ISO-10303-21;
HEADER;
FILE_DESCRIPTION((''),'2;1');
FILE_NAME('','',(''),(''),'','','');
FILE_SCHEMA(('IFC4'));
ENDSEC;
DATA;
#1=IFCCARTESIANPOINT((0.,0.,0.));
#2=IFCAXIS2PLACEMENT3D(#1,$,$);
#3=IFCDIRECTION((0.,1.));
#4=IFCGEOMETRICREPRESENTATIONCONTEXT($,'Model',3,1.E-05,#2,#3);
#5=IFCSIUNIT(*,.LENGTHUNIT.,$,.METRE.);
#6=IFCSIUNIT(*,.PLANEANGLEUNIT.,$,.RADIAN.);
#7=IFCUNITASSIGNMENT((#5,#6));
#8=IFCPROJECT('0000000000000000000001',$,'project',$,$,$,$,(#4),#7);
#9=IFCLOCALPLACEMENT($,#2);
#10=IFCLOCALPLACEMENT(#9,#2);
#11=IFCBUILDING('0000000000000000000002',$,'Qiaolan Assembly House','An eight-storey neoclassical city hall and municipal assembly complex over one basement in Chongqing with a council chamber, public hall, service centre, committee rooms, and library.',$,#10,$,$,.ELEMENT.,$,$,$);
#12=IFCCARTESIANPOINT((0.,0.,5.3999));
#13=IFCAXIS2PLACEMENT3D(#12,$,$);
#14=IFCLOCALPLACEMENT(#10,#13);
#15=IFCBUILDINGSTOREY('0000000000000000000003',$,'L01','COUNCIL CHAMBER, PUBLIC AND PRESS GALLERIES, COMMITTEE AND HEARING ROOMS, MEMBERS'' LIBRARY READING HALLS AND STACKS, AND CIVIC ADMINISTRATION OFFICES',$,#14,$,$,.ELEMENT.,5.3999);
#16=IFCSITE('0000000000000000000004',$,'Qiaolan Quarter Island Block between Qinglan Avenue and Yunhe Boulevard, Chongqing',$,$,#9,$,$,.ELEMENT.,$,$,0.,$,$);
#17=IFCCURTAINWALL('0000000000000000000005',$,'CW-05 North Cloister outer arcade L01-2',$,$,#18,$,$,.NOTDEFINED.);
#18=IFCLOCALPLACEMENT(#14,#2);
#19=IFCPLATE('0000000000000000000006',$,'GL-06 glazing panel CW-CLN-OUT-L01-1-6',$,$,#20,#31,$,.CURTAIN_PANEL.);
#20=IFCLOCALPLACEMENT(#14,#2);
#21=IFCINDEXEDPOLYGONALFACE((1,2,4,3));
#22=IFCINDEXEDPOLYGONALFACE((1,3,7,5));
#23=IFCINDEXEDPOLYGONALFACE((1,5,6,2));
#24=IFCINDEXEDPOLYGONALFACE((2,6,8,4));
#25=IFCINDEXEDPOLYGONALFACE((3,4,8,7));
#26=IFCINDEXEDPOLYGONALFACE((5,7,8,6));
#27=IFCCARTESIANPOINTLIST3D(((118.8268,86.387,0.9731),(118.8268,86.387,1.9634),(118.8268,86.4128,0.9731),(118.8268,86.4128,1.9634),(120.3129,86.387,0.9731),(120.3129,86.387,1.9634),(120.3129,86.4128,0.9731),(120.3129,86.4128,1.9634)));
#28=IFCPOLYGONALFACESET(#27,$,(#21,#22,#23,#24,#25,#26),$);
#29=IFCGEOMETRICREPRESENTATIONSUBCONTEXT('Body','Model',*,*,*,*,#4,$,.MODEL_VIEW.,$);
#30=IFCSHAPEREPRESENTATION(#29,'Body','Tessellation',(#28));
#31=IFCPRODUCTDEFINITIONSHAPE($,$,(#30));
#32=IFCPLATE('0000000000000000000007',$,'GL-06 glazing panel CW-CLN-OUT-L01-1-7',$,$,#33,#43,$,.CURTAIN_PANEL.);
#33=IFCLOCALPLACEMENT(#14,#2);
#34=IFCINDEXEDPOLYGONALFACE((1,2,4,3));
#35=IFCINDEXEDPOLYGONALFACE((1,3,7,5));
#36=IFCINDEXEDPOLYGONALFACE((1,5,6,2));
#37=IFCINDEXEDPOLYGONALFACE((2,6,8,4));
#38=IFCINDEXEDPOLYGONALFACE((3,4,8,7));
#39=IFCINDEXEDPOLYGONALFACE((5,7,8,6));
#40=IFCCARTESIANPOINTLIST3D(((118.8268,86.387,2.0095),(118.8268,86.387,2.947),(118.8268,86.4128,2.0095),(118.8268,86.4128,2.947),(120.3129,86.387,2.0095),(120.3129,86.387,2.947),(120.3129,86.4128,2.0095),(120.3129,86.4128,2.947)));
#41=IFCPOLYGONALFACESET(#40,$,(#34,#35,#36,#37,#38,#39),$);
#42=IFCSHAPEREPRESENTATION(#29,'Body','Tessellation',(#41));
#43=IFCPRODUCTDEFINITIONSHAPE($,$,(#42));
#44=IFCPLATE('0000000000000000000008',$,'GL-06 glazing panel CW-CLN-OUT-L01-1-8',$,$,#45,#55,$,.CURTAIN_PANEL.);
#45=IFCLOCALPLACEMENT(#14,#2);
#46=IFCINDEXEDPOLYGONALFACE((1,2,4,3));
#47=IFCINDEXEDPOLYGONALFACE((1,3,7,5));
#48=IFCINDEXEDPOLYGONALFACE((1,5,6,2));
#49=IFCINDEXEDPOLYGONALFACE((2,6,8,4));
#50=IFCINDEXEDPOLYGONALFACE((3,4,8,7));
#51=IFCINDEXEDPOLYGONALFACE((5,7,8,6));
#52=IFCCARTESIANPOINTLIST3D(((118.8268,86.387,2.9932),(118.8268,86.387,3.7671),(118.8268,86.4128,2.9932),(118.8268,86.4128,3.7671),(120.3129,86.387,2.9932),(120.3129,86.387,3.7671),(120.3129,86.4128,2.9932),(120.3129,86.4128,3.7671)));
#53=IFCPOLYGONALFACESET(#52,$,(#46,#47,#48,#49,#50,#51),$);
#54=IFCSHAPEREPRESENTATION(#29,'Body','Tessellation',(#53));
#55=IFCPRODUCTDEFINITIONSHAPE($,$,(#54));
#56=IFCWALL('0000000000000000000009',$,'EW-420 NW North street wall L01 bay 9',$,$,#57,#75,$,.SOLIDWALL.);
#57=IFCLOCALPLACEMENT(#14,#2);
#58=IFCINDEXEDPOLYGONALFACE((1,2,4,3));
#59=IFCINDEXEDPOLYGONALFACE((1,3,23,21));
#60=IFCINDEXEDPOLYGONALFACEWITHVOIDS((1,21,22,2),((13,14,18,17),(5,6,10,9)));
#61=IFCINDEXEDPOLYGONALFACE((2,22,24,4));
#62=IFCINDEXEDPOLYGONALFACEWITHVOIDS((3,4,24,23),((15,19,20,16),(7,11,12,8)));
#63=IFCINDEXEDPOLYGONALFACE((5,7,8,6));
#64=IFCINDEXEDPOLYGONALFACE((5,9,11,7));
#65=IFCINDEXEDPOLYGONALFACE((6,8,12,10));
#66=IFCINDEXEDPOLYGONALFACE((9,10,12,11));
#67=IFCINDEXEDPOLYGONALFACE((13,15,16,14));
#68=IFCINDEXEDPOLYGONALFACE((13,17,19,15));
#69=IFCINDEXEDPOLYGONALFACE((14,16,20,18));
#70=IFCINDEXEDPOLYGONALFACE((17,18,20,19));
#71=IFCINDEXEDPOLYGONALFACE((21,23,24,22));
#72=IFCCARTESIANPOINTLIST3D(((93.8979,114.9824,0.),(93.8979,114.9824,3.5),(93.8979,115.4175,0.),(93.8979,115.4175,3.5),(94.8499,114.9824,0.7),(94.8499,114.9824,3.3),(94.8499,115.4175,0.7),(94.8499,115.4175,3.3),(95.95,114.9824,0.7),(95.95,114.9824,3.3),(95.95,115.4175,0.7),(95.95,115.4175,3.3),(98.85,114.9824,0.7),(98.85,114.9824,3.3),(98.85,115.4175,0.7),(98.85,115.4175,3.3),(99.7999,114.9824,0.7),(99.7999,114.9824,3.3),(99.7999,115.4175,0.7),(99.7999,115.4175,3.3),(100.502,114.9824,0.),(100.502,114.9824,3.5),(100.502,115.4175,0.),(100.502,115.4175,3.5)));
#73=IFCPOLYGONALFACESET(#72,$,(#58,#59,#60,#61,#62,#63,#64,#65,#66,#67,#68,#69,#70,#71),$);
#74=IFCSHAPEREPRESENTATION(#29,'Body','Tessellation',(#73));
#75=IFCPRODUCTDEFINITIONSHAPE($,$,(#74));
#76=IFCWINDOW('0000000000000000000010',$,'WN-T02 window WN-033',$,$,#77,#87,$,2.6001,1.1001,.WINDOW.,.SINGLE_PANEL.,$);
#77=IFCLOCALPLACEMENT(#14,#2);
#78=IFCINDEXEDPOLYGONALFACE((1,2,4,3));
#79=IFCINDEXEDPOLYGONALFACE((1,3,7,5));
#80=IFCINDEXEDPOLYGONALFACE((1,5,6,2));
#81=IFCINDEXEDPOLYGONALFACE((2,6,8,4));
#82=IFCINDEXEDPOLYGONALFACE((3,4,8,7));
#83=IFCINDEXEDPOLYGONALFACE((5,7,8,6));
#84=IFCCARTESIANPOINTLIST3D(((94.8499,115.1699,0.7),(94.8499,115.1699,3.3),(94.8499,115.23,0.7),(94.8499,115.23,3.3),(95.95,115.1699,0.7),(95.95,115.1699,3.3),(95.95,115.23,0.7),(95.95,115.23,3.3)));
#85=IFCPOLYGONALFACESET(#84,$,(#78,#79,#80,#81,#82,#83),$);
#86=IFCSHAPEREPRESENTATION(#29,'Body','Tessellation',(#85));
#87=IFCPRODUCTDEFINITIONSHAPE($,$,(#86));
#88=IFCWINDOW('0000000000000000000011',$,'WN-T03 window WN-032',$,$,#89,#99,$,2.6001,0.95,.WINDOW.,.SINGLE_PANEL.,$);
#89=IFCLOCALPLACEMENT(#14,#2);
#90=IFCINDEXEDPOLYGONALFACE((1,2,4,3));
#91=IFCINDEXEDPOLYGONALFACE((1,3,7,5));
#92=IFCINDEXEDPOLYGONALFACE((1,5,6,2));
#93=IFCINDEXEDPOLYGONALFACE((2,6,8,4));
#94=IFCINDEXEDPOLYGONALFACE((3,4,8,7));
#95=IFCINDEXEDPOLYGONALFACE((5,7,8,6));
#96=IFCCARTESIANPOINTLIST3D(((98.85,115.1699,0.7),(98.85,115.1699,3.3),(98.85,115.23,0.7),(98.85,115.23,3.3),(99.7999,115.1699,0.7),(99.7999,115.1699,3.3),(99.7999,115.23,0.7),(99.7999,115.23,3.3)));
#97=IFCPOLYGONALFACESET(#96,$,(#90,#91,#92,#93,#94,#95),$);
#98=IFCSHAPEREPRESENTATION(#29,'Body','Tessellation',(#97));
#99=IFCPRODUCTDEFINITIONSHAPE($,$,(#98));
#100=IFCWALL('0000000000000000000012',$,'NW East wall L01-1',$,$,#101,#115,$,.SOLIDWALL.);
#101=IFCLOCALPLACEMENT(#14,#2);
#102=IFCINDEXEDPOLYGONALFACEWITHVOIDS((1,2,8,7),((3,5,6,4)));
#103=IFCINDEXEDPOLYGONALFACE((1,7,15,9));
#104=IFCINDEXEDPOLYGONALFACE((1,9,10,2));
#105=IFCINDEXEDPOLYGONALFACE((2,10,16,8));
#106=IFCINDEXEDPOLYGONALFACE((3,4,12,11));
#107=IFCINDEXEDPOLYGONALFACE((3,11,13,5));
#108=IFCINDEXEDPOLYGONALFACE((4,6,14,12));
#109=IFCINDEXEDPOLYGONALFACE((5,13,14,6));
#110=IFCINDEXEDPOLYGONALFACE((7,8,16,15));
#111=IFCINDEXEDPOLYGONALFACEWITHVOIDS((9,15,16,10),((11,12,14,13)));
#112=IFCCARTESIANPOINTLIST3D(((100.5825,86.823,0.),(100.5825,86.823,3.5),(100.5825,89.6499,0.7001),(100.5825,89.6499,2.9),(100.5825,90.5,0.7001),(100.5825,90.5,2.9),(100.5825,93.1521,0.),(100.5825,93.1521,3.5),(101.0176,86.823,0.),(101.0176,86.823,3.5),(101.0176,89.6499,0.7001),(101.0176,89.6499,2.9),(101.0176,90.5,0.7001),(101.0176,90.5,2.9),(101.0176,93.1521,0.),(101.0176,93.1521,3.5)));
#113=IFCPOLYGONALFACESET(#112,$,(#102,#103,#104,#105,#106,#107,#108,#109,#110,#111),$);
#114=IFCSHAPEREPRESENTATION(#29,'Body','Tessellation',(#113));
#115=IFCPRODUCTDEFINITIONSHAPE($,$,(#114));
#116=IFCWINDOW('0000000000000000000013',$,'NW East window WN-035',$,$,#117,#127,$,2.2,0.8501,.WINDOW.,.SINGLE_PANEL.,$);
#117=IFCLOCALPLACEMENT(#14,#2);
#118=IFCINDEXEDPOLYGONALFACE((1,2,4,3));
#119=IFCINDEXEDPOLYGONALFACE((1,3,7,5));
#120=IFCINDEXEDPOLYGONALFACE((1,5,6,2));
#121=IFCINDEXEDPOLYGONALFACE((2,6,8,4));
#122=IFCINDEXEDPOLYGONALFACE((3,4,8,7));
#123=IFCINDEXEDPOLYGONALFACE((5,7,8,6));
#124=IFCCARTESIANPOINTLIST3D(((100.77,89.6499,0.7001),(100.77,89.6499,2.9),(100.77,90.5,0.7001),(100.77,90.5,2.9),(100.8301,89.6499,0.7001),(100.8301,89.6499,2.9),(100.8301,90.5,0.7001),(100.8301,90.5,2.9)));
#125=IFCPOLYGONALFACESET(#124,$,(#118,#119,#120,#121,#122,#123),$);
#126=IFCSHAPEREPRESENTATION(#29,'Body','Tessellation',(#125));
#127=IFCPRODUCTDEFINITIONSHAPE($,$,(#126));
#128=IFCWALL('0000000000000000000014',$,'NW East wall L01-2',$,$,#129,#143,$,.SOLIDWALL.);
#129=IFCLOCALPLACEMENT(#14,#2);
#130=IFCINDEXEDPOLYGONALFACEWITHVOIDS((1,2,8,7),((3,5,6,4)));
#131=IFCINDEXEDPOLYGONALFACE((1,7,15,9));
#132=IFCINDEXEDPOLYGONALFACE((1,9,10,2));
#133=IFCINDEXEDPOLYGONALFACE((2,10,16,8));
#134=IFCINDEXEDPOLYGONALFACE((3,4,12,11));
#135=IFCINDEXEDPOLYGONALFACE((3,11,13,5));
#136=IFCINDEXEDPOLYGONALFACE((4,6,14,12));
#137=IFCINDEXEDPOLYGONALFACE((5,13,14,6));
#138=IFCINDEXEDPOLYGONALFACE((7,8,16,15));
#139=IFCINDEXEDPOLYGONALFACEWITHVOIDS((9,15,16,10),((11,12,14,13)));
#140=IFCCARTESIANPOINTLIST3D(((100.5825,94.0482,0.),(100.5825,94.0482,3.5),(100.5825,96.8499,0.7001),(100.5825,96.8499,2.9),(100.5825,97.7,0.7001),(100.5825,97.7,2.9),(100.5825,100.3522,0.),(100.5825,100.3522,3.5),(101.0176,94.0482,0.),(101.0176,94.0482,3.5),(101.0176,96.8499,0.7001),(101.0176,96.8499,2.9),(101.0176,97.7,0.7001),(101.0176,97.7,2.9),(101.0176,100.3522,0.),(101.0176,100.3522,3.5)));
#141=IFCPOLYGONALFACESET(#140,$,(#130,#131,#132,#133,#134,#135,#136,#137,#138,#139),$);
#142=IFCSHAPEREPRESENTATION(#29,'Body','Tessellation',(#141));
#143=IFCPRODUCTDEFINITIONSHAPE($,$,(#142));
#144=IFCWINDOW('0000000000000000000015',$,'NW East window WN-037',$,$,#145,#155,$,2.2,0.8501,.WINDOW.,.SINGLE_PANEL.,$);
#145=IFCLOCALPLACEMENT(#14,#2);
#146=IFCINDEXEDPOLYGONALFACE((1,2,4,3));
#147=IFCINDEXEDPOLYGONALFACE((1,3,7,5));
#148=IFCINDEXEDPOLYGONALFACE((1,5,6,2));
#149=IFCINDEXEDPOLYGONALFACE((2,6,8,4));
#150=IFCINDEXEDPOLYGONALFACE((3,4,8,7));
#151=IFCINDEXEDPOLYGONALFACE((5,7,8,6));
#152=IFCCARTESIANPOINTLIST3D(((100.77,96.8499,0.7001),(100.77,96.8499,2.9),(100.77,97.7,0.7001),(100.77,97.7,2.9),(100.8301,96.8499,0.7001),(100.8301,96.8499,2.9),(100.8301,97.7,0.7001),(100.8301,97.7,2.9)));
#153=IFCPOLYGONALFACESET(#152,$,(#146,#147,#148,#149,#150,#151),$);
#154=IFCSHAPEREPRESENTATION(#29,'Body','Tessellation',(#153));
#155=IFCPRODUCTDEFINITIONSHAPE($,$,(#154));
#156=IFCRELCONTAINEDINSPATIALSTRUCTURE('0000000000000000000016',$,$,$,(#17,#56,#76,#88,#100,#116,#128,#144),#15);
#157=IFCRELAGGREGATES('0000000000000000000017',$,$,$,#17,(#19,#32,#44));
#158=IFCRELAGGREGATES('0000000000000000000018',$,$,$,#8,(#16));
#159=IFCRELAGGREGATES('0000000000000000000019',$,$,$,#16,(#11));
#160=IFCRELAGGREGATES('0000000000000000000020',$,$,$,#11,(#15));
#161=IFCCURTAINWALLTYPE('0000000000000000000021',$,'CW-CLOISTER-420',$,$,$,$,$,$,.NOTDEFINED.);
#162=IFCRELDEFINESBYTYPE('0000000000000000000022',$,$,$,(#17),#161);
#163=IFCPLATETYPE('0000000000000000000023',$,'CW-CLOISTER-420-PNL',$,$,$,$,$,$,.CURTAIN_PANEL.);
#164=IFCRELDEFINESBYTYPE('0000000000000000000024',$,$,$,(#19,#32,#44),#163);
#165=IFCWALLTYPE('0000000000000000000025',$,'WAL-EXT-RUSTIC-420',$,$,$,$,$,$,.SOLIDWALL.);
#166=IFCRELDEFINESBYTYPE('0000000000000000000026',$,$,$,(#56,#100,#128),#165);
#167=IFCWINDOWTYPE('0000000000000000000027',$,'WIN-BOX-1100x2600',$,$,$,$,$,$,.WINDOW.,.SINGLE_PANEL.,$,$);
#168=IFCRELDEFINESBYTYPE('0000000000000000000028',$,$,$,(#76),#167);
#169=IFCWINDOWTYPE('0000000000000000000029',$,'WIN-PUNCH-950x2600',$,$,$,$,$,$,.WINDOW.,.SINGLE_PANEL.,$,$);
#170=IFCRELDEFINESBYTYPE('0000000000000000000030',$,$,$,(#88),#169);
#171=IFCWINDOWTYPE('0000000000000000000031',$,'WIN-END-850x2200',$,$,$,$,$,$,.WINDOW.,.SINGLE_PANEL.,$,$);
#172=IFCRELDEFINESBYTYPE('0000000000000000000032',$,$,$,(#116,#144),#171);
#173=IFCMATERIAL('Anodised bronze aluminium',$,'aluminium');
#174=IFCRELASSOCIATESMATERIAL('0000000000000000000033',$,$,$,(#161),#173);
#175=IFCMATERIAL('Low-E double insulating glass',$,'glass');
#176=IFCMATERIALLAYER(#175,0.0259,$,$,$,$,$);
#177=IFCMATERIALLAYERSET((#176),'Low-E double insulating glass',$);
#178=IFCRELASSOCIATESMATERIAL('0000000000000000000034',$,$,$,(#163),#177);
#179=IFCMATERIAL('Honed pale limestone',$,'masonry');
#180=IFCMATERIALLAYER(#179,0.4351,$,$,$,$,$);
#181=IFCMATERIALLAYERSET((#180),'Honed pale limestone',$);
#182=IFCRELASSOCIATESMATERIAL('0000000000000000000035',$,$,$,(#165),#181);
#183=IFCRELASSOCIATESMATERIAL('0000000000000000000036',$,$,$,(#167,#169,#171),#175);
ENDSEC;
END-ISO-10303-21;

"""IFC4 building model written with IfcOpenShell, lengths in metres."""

from ifc_helpers import new_model, si_unit, direction, frame, frame_2d, origin, place, context, subcontext, project, spatial, rectangle, extrude, material, layer, layer_set, type_object, element, fill, aggregate, save


model = new_model("IFC4")

# Units and contexts
model_context = context("Model", 3, precision=1e-05, world=origin(), true_north=direction((0.0, 1.0)))
body_context = subcontext(model_context, "Body", "Model", "MODEL_VIEW")
ifc_project = project(units=[si_unit("LENGTHUNIT", "METRE"), si_unit("PLANEANGLEUNIT", "RADIAN")], contexts=[model_context])

# Site, building, storey
site_placement = place(None, origin())
site = spatial("IfcSite", under=ifc_project, at=site_placement, Name="Qiaolan Quarter Island Block between Qinglan Avenue and Yunhe Boulevard, Chongqing", CompositionType="ELEMENT", RefElevation=0.0)
building_placement = place(site_placement, origin())
building = spatial("IfcBuilding", under=site, at=building_placement, Name="Qiaolan Assembly House", Description="An eight-storey neoclassical city hall and municipal assembly complex over one basement in Chongqing with a council chamber, public hall, service centre, committee rooms, and library.", CompositionType="ELEMENT")
storey_placement = place(building_placement, frame((0.0, 0.0, 5.3999)))
storey = spatial("IfcBuildingStorey", under=building, at=storey_placement, Name="L01", Description="COUNCIL CHAMBER, PUBLIC AND PRESS GALLERIES, COMMITTEE AND HEARING ROOMS, MEMBERS' LIBRARY READING HALLS AND STACKS, AND CIVIC ADMINISTRATION OFFICES", CompositionType="ELEMENT", Elevation=5.3999)

# Curtain wall
ifc_material_1 = material(Name="Anodised bronze aluminium", Category="aluminium")
curtain_wall_type = type_object("IfcCurtainWallType", Name="CW-CLOISTER-420", PredefinedType="NOTDEFINED", material=ifc_material_1)
curtain_wall_placement = place(storey_placement, origin())
curtain_wall = element("IfcCurtainWall", 1, at=curtain_wall_placement, inside=storey, type_object=curtain_wall_type, Name="CW-05 North Cloister outer arcade L01-2", PredefinedType="NOTDEFINED")

# Plates
ifc_material_2 = material(Name="Low-E double insulating glass", Category="glass")
ifc_layer_1 = layer(ifc_material_2, 0.0259)
ifc_layer_set_1 = layer_set([ifc_layer_1], Name="Low-E double insulating glass")
plate_type = type_object("IfcPlateType", Name="CW-CLOISTER-420-PNL", PredefinedType="CURTAIN_PANEL", material=ifc_layer_set_1)
plate_1_placement = place(storey_placement, frame((120.313, 86.3999, 0.9731), z_axis=(0.0, 0.0, 1.0), x_axis=(-1.0, 0.0, 0.0)))
plate_1 = element("IfcPlate", 2, at=plate_1_placement, type_object=plate_type, Name="GL-06 glazing panel CW-CLN-OUT-L01-1-6", PredefinedType="CURTAIN_PANEL", context=body_context, shape_type="SweptSolid", body=[
    extrude(rectangle(XDim=1.4861, YDim=0.0259, at=frame_2d((0.7432, 0.0))), origin(), (0.0, 0.0, 1.0), 0.9902),
])
plate_2_placement = place(storey_placement, frame((120.313, 86.3999, 2.0095), z_axis=(0.0, 0.0, 1.0), x_axis=(-1.0, 0.0, 0.0)))
plate_2 = element("IfcPlate", 3, at=plate_2_placement, type_object=plate_type, Name="GL-06 glazing panel CW-CLN-OUT-L01-1-7", PredefinedType="CURTAIN_PANEL", context=body_context, shape_type="SweptSolid", body=[
    extrude(rectangle(XDim=1.4861, YDim=0.0259, at=frame_2d((0.7432, 0.0))), origin(), (0.0, 0.0, 1.0), 0.9375),
])
plate_3_placement = place(storey_placement, frame((120.313, 86.3999, 2.9932), z_axis=(0.0, 0.0, 1.0), x_axis=(-1.0, 0.0, 0.0)))
plate_3 = element("IfcPlate", 4, at=plate_3_placement, type_object=plate_type, Name="GL-06 glazing panel CW-CLN-OUT-L01-1-8", PredefinedType="CURTAIN_PANEL", context=body_context, shape_type="SweptSolid", body=[
    extrude(rectangle(XDim=1.4861, YDim=0.0259, at=frame_2d((0.7432, 0.0))), origin(), (0.0, 0.0, 1.0), 0.7739),
])
aggregate(curtain_wall, [plate_1, plate_2, plate_3])

# Wall, openings, windows
ifc_material_3 = material(Name="Honed pale limestone", Category="masonry")
ifc_layer_2 = layer(ifc_material_3, 0.4351)
ifc_layer_set_2 = layer_set([ifc_layer_2], Name="Honed pale limestone")
wall_type = type_object("IfcWallType", Name="WAL-EXT-RUSTIC-420", PredefinedType="SOLIDWALL", material=ifc_layer_set_2)
wall_1_placement = place(storey_placement, frame((100.502, 115.2, 0.0), z_axis=(0.0, 0.0, 1.0), x_axis=(-1.0, 0.0, 0.0)))
wall_1 = element("IfcWall", 5, at=wall_1_placement, inside=storey, type_object=wall_type, Name="EW-420 NW North street wall L01 bay 9", PredefinedType="SOLIDWALL", context=body_context, shape_type="SweptSolid", body=[
    extrude(rectangle(XDim=6.604, YDim=0.4351, at=frame_2d((3.302, 0.0))), origin(), (0.0, 0.0, 1.0), 3.5),
])
opening_1_placement = place(wall_1_placement, frame((0.7019, 0.0, 0.7)))
opening_1 = element("IfcOpeningElement", 6, at=opening_1_placement, cuts=wall_1, PredefinedType="OPENING", context=body_context, shape_type="SweptSolid", body=[
    extrude(rectangle(XDim=0.95, YDim=2.6001, at=frame_2d((0.4751, 1.3))), frame((0.0, 0.2275, 0.0), z_axis=(0.0, -1.0, 0.0), x_axis=(1.0, 0.0, 0.0)), (0.0, 0.0, 1.0), 0.4551),
])
opening_2_placement = place(wall_1_placement, frame((4.552, 0.0, 0.7)))
opening_2 = element("IfcOpeningElement", 7, at=opening_2_placement, cuts=wall_1, PredefinedType="OPENING", context=body_context, shape_type="SweptSolid", body=[
    extrude(rectangle(XDim=1.1001, YDim=2.6001, at=frame_2d((0.55, 1.3))), frame((0.0, 0.2275, 0.0), z_axis=(0.0, -1.0, 0.0), x_axis=(1.0, 0.0, 0.0)), (0.0, 0.0, 1.0), 0.4551),
])
window_type_1 = type_object("IfcWindowType", Name="WIN-BOX-1100x2600", PartitioningType="SINGLE_PANEL", PredefinedType="WINDOW", material=ifc_material_2)
window_1_placement = place(opening_2_placement, origin())
window_1 = element("IfcWindow", 8, at=window_1_placement, inside=storey, type_object=window_type_1, Name="WN-T02 window WN-033", OverallHeight=2.6001, OverallWidth=1.1001, PartitioningType="SINGLE_PANEL", PredefinedType="WINDOW", context=body_context, shape_type="SweptSolid", body=[
    extrude(rectangle(XDim=1.1001, YDim=2.6001, at=frame_2d((0.55, 1.3))), frame((0.0, 0.03, 0.0), z_axis=(0.0, -1.0, 0.0), x_axis=(1.0, 0.0, 0.0)), (0.0, 0.0, 1.0), 0.0601),
])
fill(opening_2, window_1)
window_type_2 = type_object("IfcWindowType", Name="WIN-PUNCH-950x2600", PartitioningType="SINGLE_PANEL", PredefinedType="WINDOW", material=ifc_material_2)
window_2_placement = place(opening_1_placement, origin())
window_2 = element("IfcWindow", 9, at=window_2_placement, inside=storey, type_object=window_type_2, Name="WN-T03 window WN-032", OverallHeight=2.6001, OverallWidth=0.95, PartitioningType="SINGLE_PANEL", PredefinedType="WINDOW", context=body_context, shape_type="SweptSolid", body=[
    extrude(rectangle(XDim=0.95, YDim=2.6001, at=frame_2d((0.4751, 1.3))), frame((0.0, 0.03, 0.0), z_axis=(0.0, -1.0, 0.0), x_axis=(1.0, 0.0, 0.0)), (0.0, 0.0, 1.0), 0.0601),
])
fill(opening_1, window_2)

# Walls, openings, windows
wall_2_placement = place(storey_placement, frame((100.8, 93.1521, 0.0), z_axis=(0.0, 0.0, 1.0), x_axis=(0.0, -1.0, 0.0)))
wall_2 = element("IfcWall", 10, at=wall_2_placement, inside=storey, type_object=wall_type, Name="NW East wall L01-1", PredefinedType="SOLIDWALL", context=body_context, shape_type="SweptSolid", body=[
    extrude(rectangle(XDim=6.3291, YDim=0.4351, at=frame_2d((3.1646, 0.0))), origin(), (0.0, 0.0, 1.0), 3.5),
])
opening_3_placement = place(wall_2_placement, frame((2.6521, 0.0, 0.7)))
opening_3 = element("IfcOpeningElement", 11, at=opening_3_placement, cuts=wall_2, PredefinedType="OPENING", context=body_context, shape_type="SweptSolid", body=[
    extrude(rectangle(XDim=0.8501, YDim=2.2, at=frame_2d((0.425, 1.1001))), frame((0.0, 0.2275, 0.0), z_axis=(0.0, -1.0, 0.0), x_axis=(1.0, 0.0, 0.0)), (0.0, 0.0, 1.0), 0.4551),
])
window_type_3 = type_object("IfcWindowType", Name="WIN-END-850x2200", PartitioningType="SINGLE_PANEL", PredefinedType="WINDOW", material=ifc_material_2)
window_3_placement = place(opening_3_placement, origin())
window_3 = element("IfcWindow", 12, at=window_3_placement, inside=storey, type_object=window_type_3, Name="NW East window WN-035", OverallHeight=2.2, OverallWidth=0.8501, PartitioningType="SINGLE_PANEL", PredefinedType="WINDOW", context=body_context, shape_type="SweptSolid", body=[
    extrude(rectangle(XDim=0.8501, YDim=2.2, at=frame_2d((0.425, 1.1001))), frame((0.0, 0.03, 0.0), z_axis=(0.0, -1.0, 0.0), x_axis=(1.0, 0.0, 0.0)), (0.0, 0.0, 1.0), 0.0601),
])
fill(opening_3, window_3)
wall_3_placement = place(storey_placement, frame((100.8, 100.3521, 0.0), z_axis=(0.0, 0.0, 1.0), x_axis=(0.0, -1.0, 0.0)))
wall_3 = element("IfcWall", 13, at=wall_3_placement, inside=storey, type_object=wall_type, Name="NW East wall L01-2", PredefinedType="SOLIDWALL", context=body_context, shape_type="SweptSolid", body=[
    extrude(rectangle(XDim=6.304, YDim=0.4351, at=frame_2d((3.1519, 0.0))), origin(), (0.0, 0.0, 1.0), 3.5),
])
opening_4_placement = place(wall_3_placement, frame((2.6521, 0.0, 0.7)))
opening_4 = element("IfcOpeningElement", 14, at=opening_4_placement, cuts=wall_3, PredefinedType="OPENING", context=body_context, shape_type="SweptSolid", body=[
    extrude(rectangle(XDim=0.8501, YDim=2.2, at=frame_2d((0.425, 1.1001))), frame((0.0, 0.2275, 0.0), z_axis=(0.0, -1.0, 0.0), x_axis=(1.0, 0.0, 0.0)), (0.0, 0.0, 1.0), 0.4551),
])
window_4_placement = place(opening_4_placement, origin())
window_4 = element("IfcWindow", 15, at=window_4_placement, inside=storey, type_object=window_type_3, Name="NW East window WN-037", OverallHeight=2.2, OverallWidth=0.8501, PartitioningType="SINGLE_PANEL", PredefinedType="WINDOW", context=body_context, shape_type="SweptSolid", body=[
    extrude(rectangle(XDim=0.8501, YDim=2.2, at=frame_2d((0.425, 1.1001))), frame((0.0, 0.03, 0.0), z_axis=(0.0, -1.0, 0.0), x_axis=(1.0, 0.0, 0.0)), (0.0, 0.0, 1.0), 0.0601),
])
fill(opening_4, window_4)

save(model, "model.ifc")
